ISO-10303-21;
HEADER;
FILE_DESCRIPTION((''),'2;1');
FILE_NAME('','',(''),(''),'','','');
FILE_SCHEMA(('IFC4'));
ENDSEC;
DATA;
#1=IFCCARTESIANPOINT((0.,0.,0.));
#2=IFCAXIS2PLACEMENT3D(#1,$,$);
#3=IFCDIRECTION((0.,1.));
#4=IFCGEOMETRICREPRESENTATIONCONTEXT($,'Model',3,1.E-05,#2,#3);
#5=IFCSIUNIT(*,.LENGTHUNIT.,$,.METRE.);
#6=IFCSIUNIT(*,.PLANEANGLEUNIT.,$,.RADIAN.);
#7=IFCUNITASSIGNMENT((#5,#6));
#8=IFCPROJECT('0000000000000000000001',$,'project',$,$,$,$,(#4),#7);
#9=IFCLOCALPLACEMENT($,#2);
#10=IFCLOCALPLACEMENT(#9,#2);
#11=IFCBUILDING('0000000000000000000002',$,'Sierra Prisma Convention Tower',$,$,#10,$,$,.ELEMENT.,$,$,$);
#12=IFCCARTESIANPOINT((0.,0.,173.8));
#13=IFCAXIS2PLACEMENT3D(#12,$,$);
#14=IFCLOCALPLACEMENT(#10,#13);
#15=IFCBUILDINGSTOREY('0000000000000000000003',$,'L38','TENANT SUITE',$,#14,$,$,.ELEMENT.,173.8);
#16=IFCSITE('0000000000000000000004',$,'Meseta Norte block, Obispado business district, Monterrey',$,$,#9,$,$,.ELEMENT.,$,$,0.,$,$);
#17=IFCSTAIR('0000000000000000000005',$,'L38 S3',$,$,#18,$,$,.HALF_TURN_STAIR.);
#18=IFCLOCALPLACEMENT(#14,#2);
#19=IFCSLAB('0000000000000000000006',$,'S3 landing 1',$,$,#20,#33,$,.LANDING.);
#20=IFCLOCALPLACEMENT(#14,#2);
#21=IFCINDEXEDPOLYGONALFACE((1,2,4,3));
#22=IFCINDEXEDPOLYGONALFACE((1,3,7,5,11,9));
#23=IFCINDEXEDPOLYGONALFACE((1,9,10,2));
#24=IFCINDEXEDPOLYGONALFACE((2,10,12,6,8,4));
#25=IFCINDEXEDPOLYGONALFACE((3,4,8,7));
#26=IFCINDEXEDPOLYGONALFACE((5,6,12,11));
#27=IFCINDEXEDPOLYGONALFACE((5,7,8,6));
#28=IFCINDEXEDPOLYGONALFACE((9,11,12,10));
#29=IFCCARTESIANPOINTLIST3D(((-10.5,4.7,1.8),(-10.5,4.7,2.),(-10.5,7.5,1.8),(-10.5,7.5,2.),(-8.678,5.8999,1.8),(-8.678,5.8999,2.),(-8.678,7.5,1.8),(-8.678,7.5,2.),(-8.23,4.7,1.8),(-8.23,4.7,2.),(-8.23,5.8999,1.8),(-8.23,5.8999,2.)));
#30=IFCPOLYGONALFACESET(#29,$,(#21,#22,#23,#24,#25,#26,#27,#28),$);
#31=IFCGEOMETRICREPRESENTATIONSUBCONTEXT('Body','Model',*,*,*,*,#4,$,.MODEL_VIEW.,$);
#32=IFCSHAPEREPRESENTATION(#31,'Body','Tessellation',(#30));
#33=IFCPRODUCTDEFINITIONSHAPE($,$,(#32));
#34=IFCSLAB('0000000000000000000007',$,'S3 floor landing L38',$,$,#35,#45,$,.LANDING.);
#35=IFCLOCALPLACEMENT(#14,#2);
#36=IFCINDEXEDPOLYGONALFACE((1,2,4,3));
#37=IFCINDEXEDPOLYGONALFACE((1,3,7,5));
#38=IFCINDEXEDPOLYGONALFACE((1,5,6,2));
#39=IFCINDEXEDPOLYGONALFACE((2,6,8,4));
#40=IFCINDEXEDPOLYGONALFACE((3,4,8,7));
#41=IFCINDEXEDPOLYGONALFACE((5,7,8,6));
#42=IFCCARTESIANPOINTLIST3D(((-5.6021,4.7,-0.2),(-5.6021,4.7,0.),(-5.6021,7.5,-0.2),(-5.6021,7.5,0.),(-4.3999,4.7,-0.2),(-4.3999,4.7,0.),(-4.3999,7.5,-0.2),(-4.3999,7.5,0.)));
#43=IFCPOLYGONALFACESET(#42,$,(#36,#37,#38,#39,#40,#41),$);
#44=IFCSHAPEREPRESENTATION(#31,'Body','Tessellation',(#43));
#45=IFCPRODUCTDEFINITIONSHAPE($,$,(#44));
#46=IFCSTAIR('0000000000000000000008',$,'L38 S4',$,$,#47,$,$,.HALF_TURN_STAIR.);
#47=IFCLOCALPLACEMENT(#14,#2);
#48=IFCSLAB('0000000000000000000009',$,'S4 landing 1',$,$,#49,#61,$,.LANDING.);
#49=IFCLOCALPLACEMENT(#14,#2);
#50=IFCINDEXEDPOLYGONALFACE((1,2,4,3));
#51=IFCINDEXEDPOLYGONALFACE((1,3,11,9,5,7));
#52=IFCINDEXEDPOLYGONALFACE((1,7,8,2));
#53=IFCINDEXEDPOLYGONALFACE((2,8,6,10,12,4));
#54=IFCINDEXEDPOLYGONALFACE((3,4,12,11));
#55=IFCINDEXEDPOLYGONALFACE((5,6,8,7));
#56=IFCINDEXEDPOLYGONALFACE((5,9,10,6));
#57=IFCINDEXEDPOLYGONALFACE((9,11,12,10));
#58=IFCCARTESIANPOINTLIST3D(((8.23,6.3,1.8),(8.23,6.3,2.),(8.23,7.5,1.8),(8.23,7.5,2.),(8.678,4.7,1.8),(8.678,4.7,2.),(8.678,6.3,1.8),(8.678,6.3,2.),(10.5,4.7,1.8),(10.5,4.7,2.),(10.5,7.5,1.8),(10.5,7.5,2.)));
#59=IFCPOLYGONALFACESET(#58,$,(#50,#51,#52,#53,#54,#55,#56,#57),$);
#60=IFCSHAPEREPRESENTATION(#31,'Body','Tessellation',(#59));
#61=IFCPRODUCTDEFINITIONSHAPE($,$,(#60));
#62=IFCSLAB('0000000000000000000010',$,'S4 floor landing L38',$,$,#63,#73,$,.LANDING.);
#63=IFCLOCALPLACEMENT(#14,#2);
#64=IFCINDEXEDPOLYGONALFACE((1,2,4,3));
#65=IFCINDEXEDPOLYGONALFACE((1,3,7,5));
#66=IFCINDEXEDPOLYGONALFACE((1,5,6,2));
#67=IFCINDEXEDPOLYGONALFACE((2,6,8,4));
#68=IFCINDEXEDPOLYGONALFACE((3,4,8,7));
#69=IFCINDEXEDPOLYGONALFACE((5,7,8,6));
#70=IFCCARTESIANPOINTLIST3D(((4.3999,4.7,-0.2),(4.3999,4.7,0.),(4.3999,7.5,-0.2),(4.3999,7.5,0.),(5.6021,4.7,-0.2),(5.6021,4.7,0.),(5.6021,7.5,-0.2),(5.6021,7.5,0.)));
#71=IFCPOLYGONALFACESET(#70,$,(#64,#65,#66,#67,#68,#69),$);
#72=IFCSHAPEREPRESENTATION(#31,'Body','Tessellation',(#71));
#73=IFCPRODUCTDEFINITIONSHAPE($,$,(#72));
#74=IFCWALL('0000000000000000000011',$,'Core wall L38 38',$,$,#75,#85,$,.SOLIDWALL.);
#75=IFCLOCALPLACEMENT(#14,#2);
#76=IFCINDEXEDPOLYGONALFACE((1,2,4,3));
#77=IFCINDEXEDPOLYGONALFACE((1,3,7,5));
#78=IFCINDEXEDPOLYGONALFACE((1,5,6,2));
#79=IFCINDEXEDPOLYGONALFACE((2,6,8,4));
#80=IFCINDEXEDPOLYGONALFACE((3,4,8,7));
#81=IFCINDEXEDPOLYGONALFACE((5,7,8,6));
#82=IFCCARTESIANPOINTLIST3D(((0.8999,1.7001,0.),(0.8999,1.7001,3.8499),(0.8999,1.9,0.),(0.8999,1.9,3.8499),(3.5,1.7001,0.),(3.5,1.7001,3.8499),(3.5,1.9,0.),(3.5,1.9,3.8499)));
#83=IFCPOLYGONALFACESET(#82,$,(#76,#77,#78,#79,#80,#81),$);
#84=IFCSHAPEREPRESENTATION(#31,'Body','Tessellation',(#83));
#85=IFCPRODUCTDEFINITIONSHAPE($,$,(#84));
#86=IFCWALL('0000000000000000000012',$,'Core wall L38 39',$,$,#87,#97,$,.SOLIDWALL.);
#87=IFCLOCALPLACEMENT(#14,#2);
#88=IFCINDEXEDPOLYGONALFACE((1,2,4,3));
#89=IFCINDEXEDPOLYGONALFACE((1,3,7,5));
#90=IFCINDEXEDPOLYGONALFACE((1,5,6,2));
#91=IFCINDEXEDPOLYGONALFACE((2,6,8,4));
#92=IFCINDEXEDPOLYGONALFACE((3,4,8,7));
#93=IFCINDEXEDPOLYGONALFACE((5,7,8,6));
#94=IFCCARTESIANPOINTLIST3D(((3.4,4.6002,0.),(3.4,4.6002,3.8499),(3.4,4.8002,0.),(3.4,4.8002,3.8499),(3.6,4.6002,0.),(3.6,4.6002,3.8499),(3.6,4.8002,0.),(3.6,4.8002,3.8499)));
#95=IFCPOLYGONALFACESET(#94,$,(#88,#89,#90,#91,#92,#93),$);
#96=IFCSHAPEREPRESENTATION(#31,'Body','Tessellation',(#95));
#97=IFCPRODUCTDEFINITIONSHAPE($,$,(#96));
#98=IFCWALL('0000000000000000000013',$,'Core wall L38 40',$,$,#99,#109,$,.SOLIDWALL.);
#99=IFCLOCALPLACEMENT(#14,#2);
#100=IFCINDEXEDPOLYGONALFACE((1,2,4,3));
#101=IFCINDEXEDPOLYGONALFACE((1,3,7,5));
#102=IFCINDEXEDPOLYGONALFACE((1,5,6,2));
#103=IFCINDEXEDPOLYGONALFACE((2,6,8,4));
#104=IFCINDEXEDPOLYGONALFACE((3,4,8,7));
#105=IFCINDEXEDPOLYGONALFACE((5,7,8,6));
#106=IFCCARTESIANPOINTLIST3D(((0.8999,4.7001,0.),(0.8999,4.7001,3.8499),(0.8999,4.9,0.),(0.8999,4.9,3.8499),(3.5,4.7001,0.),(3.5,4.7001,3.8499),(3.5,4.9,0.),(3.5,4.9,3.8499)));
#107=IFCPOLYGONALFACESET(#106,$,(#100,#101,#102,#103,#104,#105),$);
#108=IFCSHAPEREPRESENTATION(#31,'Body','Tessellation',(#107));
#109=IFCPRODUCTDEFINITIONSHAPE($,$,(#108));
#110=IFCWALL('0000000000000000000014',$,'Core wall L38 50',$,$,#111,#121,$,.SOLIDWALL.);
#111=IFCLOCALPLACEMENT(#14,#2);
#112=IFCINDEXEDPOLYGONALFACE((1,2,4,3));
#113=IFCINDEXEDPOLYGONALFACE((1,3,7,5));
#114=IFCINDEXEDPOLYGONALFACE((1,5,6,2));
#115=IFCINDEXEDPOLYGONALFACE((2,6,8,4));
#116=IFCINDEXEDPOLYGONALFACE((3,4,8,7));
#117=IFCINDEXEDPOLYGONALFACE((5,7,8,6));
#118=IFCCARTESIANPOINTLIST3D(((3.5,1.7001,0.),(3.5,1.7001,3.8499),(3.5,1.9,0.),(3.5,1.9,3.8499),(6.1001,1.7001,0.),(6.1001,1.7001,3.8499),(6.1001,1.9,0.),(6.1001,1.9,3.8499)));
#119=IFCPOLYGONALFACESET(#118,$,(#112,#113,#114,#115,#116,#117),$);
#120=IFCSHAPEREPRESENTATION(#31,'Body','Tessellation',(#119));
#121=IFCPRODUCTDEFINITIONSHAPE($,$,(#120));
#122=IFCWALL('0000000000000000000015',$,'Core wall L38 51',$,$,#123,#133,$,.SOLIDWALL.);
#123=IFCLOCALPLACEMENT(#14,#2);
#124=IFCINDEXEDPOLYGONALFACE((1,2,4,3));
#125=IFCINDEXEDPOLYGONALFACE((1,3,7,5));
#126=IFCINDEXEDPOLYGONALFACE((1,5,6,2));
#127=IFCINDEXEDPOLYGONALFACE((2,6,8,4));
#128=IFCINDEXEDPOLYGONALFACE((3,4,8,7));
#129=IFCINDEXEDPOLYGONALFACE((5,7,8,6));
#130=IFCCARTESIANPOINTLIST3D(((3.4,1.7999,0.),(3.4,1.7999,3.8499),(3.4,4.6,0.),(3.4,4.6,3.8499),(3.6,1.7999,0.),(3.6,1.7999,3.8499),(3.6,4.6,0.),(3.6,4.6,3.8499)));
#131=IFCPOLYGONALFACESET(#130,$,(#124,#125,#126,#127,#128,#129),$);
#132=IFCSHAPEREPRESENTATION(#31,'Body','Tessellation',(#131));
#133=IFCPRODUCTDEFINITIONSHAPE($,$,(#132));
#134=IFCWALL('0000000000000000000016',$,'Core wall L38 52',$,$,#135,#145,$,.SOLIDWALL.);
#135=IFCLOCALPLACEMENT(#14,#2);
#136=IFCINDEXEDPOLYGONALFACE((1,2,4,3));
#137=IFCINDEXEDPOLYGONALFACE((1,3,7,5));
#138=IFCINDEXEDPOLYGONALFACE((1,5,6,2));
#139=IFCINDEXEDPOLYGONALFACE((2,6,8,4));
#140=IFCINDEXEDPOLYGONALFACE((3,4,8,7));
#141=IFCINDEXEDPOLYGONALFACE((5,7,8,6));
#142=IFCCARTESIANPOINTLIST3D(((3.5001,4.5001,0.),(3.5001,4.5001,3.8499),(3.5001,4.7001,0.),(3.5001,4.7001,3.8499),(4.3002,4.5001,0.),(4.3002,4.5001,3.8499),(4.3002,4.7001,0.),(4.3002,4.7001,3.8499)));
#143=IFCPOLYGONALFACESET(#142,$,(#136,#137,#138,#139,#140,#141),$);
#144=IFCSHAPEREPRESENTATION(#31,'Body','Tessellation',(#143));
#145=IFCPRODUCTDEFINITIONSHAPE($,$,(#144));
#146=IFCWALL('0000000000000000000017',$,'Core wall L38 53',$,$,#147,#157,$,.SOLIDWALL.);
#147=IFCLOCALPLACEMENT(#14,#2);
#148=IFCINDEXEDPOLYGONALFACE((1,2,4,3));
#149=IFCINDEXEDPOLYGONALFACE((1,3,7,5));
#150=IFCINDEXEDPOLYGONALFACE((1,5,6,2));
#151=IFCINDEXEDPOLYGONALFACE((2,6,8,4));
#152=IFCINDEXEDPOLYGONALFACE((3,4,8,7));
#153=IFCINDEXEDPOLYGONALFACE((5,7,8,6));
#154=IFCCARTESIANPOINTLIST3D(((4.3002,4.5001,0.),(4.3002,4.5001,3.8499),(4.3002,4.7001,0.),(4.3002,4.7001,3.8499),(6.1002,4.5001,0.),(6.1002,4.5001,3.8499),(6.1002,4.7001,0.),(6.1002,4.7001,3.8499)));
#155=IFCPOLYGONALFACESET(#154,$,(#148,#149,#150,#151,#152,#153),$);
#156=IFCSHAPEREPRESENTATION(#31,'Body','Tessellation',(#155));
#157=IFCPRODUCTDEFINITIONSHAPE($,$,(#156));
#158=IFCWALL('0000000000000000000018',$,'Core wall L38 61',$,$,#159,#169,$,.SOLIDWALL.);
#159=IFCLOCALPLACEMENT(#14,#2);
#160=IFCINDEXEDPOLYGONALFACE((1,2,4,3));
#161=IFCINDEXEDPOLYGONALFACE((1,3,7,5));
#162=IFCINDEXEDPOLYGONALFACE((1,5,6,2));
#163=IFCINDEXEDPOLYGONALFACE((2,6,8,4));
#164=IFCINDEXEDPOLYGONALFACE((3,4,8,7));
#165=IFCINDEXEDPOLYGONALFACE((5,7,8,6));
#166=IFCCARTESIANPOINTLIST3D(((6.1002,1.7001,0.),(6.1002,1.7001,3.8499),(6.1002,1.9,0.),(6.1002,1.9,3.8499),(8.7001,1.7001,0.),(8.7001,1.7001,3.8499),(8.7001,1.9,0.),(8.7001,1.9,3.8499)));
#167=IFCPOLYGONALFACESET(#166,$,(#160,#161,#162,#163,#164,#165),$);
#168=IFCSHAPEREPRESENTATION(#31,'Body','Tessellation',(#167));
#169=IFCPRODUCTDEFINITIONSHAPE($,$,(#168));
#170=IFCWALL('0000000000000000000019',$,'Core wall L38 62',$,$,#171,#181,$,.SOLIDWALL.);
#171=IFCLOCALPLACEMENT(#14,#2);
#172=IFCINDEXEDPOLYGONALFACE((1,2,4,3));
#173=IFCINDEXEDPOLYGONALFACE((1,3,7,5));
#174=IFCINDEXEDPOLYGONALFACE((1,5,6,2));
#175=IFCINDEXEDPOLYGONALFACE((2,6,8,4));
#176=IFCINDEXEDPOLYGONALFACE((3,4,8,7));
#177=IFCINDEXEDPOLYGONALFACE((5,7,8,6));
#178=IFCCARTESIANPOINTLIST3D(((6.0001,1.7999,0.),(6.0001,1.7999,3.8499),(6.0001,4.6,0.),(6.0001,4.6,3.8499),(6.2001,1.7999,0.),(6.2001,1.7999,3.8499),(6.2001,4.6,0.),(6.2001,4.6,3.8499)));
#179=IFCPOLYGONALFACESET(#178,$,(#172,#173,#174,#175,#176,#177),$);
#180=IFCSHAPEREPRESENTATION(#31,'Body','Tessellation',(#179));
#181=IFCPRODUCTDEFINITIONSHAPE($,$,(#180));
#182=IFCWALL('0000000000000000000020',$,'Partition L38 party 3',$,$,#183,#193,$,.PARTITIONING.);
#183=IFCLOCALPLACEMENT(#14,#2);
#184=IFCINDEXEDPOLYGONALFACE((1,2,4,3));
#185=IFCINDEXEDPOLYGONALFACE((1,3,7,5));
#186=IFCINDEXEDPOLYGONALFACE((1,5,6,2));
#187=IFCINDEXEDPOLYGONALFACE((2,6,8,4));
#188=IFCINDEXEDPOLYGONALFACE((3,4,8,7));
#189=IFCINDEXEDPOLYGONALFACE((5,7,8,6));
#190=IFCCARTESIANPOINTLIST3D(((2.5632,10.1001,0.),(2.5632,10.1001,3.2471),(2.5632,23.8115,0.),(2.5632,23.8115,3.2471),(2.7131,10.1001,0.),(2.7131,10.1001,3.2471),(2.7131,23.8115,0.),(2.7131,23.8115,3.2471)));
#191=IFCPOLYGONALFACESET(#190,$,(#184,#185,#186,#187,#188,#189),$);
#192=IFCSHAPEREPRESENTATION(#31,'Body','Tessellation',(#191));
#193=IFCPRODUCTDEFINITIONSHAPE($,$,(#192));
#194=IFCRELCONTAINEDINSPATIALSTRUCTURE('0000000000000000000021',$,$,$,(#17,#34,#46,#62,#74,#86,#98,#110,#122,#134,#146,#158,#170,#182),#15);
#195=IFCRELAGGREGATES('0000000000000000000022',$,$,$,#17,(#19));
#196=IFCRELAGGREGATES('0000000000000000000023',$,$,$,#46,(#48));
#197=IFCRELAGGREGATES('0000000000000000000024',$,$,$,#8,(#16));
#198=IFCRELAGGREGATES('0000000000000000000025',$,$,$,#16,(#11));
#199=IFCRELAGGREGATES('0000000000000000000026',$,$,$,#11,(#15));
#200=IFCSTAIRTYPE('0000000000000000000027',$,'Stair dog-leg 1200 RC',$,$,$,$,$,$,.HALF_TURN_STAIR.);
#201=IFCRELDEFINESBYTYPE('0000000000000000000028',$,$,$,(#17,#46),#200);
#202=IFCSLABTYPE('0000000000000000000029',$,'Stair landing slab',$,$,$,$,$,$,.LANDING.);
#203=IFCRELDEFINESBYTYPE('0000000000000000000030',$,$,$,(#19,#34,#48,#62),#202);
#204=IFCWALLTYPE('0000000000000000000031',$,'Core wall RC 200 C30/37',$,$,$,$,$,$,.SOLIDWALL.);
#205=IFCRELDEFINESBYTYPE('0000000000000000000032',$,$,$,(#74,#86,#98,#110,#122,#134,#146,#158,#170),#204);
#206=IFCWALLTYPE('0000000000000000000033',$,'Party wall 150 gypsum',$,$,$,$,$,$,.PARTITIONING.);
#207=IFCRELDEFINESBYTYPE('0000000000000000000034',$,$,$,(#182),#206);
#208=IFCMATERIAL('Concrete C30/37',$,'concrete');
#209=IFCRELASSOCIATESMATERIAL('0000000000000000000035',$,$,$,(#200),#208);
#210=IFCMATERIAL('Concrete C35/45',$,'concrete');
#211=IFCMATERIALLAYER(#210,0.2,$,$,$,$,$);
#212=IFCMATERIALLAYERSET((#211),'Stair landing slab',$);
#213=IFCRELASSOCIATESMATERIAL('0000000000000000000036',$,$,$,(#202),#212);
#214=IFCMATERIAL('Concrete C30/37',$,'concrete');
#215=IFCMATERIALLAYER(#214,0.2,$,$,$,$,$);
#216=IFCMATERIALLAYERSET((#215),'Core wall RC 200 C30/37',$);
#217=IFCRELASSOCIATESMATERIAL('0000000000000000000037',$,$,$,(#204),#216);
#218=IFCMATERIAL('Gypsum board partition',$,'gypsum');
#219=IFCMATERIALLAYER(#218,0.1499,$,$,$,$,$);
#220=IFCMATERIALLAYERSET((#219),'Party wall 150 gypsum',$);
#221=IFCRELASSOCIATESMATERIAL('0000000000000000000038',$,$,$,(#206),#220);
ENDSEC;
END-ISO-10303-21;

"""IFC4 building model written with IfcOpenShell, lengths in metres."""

from ifc_helpers import new_model, si_unit, direction, frame, frame_2d, origin, place, context, subcontext, project, spatial, polyline, rectangle, outline, extrude, material, layer, layer_set, type_object, element, aggregate, save


model = new_model("IFC4")

# Units and contexts
model_context = context("Model", 3, precision=1e-05, world=origin(), true_north=direction((0.0, 1.0)))
body_context = subcontext(model_context, "Body", "Model", "MODEL_VIEW")
ifc_project = project(units=[si_unit("LENGTHUNIT", "METRE"), si_unit("PLANEANGLEUNIT", "RADIAN")], contexts=[model_context])

# Site, building, storey
site_placement = place(None, origin())
site = spatial("IfcSite", under=ifc_project, at=site_placement, Name="Meseta Norte block, Obispado business district, Monterrey", CompositionType="ELEMENT", RefElevation=0.0)
building_placement = place(site_placement, origin())
building = spatial("IfcBuilding", under=site, at=building_placement, Name="Sierra Prisma Convention Tower", CompositionType="ELEMENT")
storey_placement = place(building_placement, frame((0.0, 0.0, 173.8)))
storey = spatial("IfcBuildingStorey", under=building, at=storey_placement, Name="L38", Description="TENANT SUITE", CompositionType="ELEMENT", Elevation=173.8)

# Stair, slab
ifc_material_1 = material(Name="Concrete C30/37", Category="concrete")
stair_type = type_object("IfcStairType", Name="Stair dog-leg 1200 RC", PredefinedType="HALF_TURN_STAIR", material=ifc_material_1)
stair_1_placement = place(storey_placement, origin())
stair_1 = element("IfcStair", 1, at=stair_1_placement, inside=storey, type_object=stair_type, Name="L38 S3", PredefinedType="HALF_TURN_STAIR")
ifc_material_2 = material(Name="Concrete C35/45", Category="concrete")
ifc_layer_1 = layer(ifc_material_2, 0.2)
ifc_layer_set_1 = layer_set([ifc_layer_1], Name="Stair landing slab")
slab_type = type_object("IfcSlabType", Name="Stair landing slab", PredefinedType="LANDING", material=ifc_layer_set_1)
slab_1_placement = place(storey_placement, frame((0.0, 0.0, 1.8)))
slab_1 = element("IfcSlab", 2, at=slab_1_placement, type_object=slab_type, Name="S3 landing 1", PredefinedType="LANDING", context=body_context, shape_type="SweptSolid", body=[
    extrude(outline(polyline([(-8.23, 5.8999), (-8.23, 4.7), (-10.5, 4.7), (-10.5, 7.5), (-8.678, 7.5), (-8.678, 5.8999), (-8.23, 5.8999)])), origin(), (0.0, 0.0, 1.0), 0.2),
])
aggregate(stair_1, [slab_1])

# Slab
slab_2_placement = place(storey_placement, frame((0.0, 0.0, -0.2)))
element("IfcSlab", 3, at=slab_2_placement, inside=storey, type_object=slab_type, Name="S3 floor landing L38", PredefinedType="LANDING", context=body_context, shape_type="SweptSolid", body=[
    extrude(outline(polyline([(-4.3999, 7.5), (-5.6021, 7.5), (-5.6021, 4.7), (-4.3999, 4.7), (-4.3999, 7.5)])), origin(), (0.0, 0.0, 1.0), 0.2),
])

# Stair, slab
stair_2_placement = place(storey_placement, origin())
stair_2 = element("IfcStair", 4, at=stair_2_placement, inside=storey, type_object=stair_type, Name="L38 S4", PredefinedType="HALF_TURN_STAIR")
slab_3_placement = place(storey_placement, frame((0.0, 0.0, 1.8)))
slab_3 = element("IfcSlab", 5, at=slab_3_placement, type_object=slab_type, Name="S4 landing 1", PredefinedType="LANDING", context=body_context, shape_type="SweptSolid", body=[
    extrude(outline(polyline([(10.5, 7.5), (10.5, 4.7), (8.678, 4.7), (8.678, 6.3), (8.23, 6.3), (8.23, 7.5), (10.5, 7.5)])), origin(), (0.0, 0.0, 1.0), 0.2),
])

# Slab
slab_4_placement = place(storey_placement, frame((0.0, 0.0, -0.2)))
element("IfcSlab", 6, at=slab_4_placement, inside=storey, type_object=slab_type, Name="S4 floor landing L38", PredefinedType="LANDING", context=body_context, shape_type="SweptSolid", body=[
    extrude(outline(polyline([(4.3999, 4.7), (5.6021, 4.7), (5.6021, 7.5), (4.3999, 7.5), (4.3999, 4.7)])), origin(), (0.0, 0.0, 1.0), 0.2),
])

# Shared definitions
ifc_material_3 = material(Name="Concrete C30/37", Category="concrete")
ifc_layer_2 = layer(ifc_material_3, 0.2)
ifc_layer_set_2 = layer_set([ifc_layer_2], Name="Core wall RC 200 C30/37")
wall_type_1 = type_object("IfcWallType", Name="Core wall RC 200 C30/37", PredefinedType="SOLIDWALL", material=ifc_layer_set_2)

# Walls
wall_1_placement = place(storey_placement, frame((3.5, 1.8, 0.0), z_axis=(0.0, 0.0, 1.0), x_axis=(-1.0, 0.0, 0.0)))
element("IfcWall", 7, at=wall_1_placement, inside=storey, type_object=wall_type_1, Name="Core wall L38 38", PredefinedType="SOLIDWALL", context=body_context, shape_type="SweptSolid", body=[
    extrude(rectangle(XDim=2.6001, YDim=0.2, at=frame_2d((1.3, 0.0))), origin(), (0.0, 0.0, 1.0), 3.8499),
])
wall_2_placement = place(storey_placement, frame((3.5, 4.6001, 0.0), z_axis=(0.0, 0.0, 1.0), x_axis=(0.0, 1.0, 0.0)))
element("IfcWall", 8, at=wall_2_placement, inside=storey, type_object=wall_type_1, Name="Core wall L38 39", PredefinedType="SOLIDWALL", context=body_context, shape_type="SweptSolid", body=[
    extrude(rectangle(XDim=0.2, YDim=0.2, at=frame_2d((0.1001, 0.0))), origin(), (0.0, 0.0, 1.0), 3.8499),
])
wall_3_placement = place(storey_placement, frame((3.5, 4.8, 0.0), z_axis=(0.0, 0.0, 1.0), x_axis=(-1.0, 0.0, 0.0)))
element("IfcWall", 9, at=wall_3_placement, inside=storey, type_object=wall_type_1, Name="Core wall L38 40", PredefinedType="SOLIDWALL", context=body_context, shape_type="SweptSolid", body=[
    extrude(rectangle(XDim=2.6001, YDim=0.2, at=frame_2d((1.3, 0.0))), origin(), (0.0, 0.0, 1.0), 3.8499),
])

# Walls
wall_4_placement = place(storey_placement, frame((6.1001, 1.8, 0.0), z_axis=(0.0, 0.0, 1.0), x_axis=(-1.0, 0.0, 0.0)))
element("IfcWall", 10, at=wall_4_placement, inside=storey, type_object=wall_type_1, Name="Core wall L38 50", PredefinedType="SOLIDWALL", context=body_context, shape_type="SweptSolid", body=[
    extrude(rectangle(XDim=2.6001, YDim=0.2, at=frame_2d((1.3, 0.0))), origin(), (0.0, 0.0, 1.0), 3.8499),
])
wall_5_placement = place(storey_placement, frame((3.5, 1.8, 0.0), z_axis=(0.0, 0.0, 1.0), x_axis=(0.0, 1.0, 0.0)))
element("IfcWall", 11, at=wall_5_placement, inside=storey, type_object=wall_type_1, Name="Core wall L38 51", PredefinedType="SOLIDWALL", context=body_context, shape_type="SweptSolid", body=[
    extrude(rectangle(XDim=2.8, YDim=0.2, at=frame_2d((1.3999, 0.0))), origin(), (0.0, 0.0, 1.0), 3.8499),
])
wall_6_placement = place(storey_placement, frame((4.3, 4.6001, 0.0), z_axis=(0.0, 0.0, 1.0), x_axis=(-1.0, 0.0, 0.0)))
element("IfcWall", 12, at=wall_6_placement, inside=storey, type_object=wall_type_1, Name="Core wall L38 52", PredefinedType="SOLIDWALL", context=body_context, shape_type="SweptSolid", body=[
    extrude(rectangle(XDim=0.8, YDim=0.2, at=frame_2d((0.3999, 0.0))), origin(), (0.0, 0.0, 1.0), 3.8499),
])
wall_7_placement = place(storey_placement, frame((6.1001, 4.6001, 0.0), z_axis=(0.0, 0.0, 1.0), x_axis=(-1.0, 0.0, 0.0)))
element("IfcWall", 13, at=wall_7_placement, inside=storey, type_object=wall_type_1, Name="Core wall L38 53", PredefinedType="SOLIDWALL", context=body_context, shape_type="SweptSolid", body=[
    extrude(rectangle(XDim=1.8, YDim=0.2, at=frame_2d((0.8999, 0.0))), origin(), (0.0, 0.0, 1.0), 3.8499),
])

# Walls
wall_8_placement = place(storey_placement, frame((8.7, 1.8, 0.0), z_axis=(0.0, 0.0, 1.0), x_axis=(-1.0, 0.0, 0.0)))
element("IfcWall", 14, at=wall_8_placement, inside=storey, type_object=wall_type_1, Name="Core wall L38 61", PredefinedType="SOLIDWALL", context=body_context, shape_type="SweptSolid", body=[
    extrude(rectangle(XDim=2.5999, YDim=0.2, at=frame_2d((1.2998, 0.0))), origin(), (0.0, 0.0, 1.0), 3.8499),
])
wall_9_placement = place(storey_placement, frame((6.1001, 1.8, 0.0), z_axis=(0.0, 0.0, 1.0), x_axis=(0.0, 1.0, 0.0)))
element("IfcWall", 15, at=wall_9_placement, inside=storey, type_object=wall_type_1, Name="Core wall L38 62", PredefinedType="SOLIDWALL", context=body_context, shape_type="SweptSolid", body=[
    extrude(rectangle(XDim=2.8, YDim=0.2, at=frame_2d((1.3999, 0.0))), origin(), (0.0, 0.0, 1.0), 3.8499),
])
ifc_material_4 = material(Name="Gypsum board partition", Category="gypsum")
ifc_layer_3 = layer(ifc_material_4, 0.1499)
ifc_layer_set_3 = layer_set([ifc_layer_3], Name="Party wall 150 gypsum")
wall_type_2 = type_object("IfcWallType", Name="Party wall 150 gypsum", PredefinedType="PARTITIONING", material=ifc_layer_set_3)
wall_10_placement = place(storey_placement, frame((2.6382, 10.1001, 0.0), z_axis=(0.0, 0.0, 1.0), x_axis=(0.0, 1.0, 0.0)))
element("IfcWall", 16, at=wall_10_placement, inside=storey, type_object=wall_type_2, Name="Partition L38 party 3", PredefinedType="PARTITIONING", context=body_context, shape_type="SweptSolid", body=[
    extrude(rectangle(XDim=13.7114, YDim=0.1499, at=frame_2d((6.8557, 0.0))), origin(), (0.0, 0.0, 1.0), 3.2471),
])

aggregate(stair_2, [slab_3])

save(model, "model.ifc")
